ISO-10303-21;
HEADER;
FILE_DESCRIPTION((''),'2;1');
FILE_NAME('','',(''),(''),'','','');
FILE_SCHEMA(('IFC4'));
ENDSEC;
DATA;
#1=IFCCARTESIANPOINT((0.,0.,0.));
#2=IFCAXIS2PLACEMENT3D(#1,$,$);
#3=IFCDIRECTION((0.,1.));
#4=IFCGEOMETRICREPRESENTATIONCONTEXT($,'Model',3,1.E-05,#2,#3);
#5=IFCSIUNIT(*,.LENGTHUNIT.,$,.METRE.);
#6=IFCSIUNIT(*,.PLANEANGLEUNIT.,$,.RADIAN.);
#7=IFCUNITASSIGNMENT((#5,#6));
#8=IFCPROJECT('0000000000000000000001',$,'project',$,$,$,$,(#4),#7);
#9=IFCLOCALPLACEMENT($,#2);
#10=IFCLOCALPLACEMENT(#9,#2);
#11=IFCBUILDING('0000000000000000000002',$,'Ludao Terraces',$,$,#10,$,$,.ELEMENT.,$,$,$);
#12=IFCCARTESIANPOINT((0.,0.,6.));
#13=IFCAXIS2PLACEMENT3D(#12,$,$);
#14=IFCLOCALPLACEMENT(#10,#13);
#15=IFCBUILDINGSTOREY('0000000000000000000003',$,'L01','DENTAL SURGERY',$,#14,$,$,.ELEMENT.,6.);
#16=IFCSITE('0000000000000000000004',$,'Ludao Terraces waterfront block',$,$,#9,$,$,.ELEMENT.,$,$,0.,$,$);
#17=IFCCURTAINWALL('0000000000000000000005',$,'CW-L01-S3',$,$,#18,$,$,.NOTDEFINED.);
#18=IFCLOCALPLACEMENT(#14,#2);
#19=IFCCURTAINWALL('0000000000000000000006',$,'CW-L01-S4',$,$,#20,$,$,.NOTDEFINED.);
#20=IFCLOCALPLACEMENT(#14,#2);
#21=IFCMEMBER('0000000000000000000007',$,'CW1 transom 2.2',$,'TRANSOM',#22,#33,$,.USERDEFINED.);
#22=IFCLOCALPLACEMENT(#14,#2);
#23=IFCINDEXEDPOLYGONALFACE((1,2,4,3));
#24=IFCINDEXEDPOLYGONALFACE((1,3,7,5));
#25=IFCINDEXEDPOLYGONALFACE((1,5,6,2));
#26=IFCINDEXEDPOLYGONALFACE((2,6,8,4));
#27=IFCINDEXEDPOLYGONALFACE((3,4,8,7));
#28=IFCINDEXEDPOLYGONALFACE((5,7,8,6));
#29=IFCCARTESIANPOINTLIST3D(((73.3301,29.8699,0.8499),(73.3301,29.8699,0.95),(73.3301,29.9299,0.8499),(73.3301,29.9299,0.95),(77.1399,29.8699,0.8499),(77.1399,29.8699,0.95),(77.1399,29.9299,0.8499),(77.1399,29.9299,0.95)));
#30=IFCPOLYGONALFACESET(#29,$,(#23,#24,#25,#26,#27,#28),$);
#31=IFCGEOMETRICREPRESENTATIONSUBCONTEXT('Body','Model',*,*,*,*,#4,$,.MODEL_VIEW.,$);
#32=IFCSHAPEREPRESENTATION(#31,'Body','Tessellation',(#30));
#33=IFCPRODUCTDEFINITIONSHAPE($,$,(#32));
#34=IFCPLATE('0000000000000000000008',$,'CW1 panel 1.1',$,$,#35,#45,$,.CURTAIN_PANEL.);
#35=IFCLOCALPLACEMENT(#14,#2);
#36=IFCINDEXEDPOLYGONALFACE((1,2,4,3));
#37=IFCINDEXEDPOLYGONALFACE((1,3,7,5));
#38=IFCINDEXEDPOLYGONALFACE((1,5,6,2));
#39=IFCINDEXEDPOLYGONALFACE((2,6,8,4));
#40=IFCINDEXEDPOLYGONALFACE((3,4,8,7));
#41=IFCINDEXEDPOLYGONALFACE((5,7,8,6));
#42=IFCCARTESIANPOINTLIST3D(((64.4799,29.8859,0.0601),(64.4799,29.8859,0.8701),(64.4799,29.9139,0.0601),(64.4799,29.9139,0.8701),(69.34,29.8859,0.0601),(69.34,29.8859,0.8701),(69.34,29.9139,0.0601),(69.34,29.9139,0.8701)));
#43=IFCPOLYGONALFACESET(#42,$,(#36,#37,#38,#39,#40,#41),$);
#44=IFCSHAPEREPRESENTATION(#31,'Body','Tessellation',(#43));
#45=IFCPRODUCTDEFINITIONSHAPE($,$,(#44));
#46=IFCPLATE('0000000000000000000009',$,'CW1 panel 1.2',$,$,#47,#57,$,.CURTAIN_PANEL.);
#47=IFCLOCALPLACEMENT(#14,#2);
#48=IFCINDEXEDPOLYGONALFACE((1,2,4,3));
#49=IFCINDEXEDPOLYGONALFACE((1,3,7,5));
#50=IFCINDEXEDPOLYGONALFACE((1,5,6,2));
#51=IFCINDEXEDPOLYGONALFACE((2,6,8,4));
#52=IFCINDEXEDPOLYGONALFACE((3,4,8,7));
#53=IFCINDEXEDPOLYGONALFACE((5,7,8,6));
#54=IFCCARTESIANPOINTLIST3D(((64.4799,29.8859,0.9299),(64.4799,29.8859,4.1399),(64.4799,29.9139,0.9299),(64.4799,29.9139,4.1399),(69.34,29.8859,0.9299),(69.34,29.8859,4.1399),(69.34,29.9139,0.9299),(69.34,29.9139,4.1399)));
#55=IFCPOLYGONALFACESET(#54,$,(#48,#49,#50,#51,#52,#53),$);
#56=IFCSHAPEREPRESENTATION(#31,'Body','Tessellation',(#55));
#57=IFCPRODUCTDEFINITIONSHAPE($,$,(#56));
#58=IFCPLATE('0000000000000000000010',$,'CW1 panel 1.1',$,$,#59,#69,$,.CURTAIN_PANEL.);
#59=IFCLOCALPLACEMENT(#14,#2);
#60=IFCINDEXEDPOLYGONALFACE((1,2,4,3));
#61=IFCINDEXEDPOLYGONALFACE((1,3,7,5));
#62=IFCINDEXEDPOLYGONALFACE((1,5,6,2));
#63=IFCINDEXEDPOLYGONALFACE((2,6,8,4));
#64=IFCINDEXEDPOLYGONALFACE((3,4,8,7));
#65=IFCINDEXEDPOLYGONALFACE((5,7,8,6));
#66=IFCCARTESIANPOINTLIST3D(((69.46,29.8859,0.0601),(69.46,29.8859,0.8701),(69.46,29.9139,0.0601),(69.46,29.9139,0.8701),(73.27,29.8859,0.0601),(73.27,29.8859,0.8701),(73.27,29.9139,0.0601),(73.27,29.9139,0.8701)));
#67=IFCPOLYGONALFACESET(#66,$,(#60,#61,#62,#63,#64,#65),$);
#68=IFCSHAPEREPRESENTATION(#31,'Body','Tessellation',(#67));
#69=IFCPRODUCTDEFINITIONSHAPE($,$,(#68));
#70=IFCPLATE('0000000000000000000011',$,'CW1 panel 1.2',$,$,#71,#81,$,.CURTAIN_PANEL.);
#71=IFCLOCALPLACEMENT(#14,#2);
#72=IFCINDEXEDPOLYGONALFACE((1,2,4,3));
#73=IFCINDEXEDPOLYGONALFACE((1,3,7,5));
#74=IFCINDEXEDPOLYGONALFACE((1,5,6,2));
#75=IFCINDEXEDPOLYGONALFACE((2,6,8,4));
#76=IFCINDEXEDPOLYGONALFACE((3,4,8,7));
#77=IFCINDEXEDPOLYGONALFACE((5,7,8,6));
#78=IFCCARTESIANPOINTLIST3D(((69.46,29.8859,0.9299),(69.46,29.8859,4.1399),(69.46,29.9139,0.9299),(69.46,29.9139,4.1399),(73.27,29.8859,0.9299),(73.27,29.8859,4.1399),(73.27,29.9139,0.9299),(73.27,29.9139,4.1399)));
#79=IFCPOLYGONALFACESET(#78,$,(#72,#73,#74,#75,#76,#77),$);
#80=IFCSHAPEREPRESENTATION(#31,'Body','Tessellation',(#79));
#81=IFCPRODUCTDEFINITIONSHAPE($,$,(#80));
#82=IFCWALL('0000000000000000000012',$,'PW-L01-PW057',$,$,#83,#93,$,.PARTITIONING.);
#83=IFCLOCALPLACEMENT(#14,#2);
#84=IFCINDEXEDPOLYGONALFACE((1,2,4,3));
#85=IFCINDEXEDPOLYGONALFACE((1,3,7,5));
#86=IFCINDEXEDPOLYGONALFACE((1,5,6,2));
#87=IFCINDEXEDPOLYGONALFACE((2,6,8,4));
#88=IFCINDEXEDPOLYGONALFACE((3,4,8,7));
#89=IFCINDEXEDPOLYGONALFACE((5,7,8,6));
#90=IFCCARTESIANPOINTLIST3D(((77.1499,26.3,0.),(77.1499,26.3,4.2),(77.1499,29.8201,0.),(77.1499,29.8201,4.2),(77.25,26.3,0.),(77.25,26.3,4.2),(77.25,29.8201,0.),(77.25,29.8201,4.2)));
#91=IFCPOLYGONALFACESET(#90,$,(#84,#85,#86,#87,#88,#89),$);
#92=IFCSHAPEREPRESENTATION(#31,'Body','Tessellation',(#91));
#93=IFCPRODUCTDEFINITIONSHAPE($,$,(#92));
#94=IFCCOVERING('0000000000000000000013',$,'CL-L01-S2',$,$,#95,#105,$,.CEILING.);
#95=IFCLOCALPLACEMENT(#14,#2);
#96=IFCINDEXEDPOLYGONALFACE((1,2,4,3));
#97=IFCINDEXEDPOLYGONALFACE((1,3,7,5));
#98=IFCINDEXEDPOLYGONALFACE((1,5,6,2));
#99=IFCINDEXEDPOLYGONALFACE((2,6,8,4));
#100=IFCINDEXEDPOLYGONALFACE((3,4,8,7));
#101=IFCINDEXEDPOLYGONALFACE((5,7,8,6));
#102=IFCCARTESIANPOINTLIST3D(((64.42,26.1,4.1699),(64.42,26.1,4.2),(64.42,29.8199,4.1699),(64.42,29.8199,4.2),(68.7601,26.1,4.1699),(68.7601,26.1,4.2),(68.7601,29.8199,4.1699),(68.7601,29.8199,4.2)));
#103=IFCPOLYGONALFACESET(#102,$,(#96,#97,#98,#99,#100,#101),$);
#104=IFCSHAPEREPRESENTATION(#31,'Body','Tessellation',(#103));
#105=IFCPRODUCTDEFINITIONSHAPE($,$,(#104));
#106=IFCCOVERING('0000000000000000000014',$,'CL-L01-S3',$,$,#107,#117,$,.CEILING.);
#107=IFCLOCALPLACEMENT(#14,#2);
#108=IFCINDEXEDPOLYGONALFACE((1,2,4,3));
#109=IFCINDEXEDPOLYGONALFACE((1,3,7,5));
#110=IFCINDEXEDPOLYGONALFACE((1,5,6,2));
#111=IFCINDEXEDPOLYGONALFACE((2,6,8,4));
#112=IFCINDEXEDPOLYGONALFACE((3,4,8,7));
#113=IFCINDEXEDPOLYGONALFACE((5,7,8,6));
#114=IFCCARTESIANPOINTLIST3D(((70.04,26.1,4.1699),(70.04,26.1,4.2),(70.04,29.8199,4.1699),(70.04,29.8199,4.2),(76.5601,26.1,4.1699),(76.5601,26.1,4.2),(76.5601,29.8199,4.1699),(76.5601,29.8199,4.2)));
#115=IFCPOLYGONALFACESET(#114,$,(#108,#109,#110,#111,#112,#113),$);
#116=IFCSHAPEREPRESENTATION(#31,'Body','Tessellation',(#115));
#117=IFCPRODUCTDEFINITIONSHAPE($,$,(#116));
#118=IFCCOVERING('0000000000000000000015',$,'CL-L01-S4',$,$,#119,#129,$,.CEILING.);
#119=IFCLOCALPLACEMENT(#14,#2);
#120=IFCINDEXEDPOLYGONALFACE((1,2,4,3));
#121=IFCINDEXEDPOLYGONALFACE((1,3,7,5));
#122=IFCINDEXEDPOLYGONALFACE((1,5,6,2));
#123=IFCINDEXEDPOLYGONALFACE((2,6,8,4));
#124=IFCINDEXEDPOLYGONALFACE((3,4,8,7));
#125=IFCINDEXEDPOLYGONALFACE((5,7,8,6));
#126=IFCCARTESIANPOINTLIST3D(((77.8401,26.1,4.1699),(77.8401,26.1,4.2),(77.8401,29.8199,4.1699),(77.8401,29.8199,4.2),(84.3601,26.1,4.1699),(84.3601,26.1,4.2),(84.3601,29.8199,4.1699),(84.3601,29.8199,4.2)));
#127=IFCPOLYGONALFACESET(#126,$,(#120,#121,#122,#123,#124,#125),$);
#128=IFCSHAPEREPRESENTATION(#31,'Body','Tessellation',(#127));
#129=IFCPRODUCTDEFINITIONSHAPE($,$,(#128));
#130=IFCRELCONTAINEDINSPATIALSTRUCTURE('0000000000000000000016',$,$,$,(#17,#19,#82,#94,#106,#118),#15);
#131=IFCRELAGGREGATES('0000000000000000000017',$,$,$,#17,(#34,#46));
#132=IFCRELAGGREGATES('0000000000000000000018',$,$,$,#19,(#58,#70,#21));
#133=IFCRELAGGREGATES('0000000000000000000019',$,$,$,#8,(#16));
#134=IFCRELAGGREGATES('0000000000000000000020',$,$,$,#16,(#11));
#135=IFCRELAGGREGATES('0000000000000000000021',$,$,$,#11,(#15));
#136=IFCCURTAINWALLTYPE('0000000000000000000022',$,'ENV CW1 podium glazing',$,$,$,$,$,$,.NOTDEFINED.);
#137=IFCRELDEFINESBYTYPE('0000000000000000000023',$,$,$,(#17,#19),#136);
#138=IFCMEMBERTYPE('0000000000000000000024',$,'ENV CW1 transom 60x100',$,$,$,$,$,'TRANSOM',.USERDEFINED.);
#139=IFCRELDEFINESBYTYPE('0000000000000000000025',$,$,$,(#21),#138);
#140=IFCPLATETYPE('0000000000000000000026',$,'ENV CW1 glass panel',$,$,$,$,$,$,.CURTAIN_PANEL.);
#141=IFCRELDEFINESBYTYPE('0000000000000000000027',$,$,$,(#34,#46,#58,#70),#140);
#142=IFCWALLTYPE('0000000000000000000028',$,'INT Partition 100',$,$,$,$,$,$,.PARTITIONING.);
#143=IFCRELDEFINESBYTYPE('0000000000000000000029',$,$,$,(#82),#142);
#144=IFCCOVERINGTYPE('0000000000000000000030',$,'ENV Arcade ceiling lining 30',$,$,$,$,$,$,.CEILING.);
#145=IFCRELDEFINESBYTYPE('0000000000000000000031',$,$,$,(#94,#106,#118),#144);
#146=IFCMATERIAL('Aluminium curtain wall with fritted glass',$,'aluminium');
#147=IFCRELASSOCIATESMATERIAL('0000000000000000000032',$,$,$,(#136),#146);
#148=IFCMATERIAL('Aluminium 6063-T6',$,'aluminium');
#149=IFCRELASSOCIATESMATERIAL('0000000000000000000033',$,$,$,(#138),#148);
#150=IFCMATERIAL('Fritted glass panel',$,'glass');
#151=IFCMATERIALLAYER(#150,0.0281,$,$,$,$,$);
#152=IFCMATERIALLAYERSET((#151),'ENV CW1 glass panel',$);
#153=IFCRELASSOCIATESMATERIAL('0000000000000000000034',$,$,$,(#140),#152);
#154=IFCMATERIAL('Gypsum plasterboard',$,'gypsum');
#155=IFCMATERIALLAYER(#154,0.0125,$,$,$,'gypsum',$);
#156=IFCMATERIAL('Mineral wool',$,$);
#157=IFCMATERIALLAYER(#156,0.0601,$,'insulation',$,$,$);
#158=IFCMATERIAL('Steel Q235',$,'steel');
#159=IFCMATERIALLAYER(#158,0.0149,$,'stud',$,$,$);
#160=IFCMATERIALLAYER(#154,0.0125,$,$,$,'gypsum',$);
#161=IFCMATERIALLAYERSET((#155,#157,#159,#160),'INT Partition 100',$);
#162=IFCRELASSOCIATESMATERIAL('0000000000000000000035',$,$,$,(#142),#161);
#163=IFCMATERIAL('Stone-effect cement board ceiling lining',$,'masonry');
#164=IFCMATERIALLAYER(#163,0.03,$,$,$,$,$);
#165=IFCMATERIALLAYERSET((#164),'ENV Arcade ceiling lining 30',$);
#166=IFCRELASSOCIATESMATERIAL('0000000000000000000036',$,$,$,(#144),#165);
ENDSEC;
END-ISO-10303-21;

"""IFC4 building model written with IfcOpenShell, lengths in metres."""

from ifc_helpers import new_model, si_unit, direction, frame, frame_2d, origin, origin_2d, place, context, subcontext, project, spatial, rectangle, extrude, material, layer, layer_set, material_profile, profile_set, type_object, element, aggregate, save


model = new_model("IFC4")

# Units and contexts
model_context = context("Model", 3, precision=1e-05, world=origin(), true_north=direction((0.0, 1.0)))
body_context = subcontext(model_context, "Body", "Model", "MODEL_VIEW")
ifc_project = project(units=[si_unit("LENGTHUNIT", "METRE"), si_unit("PLANEANGLEUNIT", "RADIAN")], contexts=[model_context])

# Site, building, storey
site_placement = place(None, origin())
site = spatial("IfcSite", under=ifc_project, at=site_placement, Name="Ludao Terraces waterfront block", CompositionType="ELEMENT", RefElevation=0.0)
building_placement = place(site_placement, origin())
building = spatial("IfcBuilding", under=site, at=building_placement, Name="Ludao Terraces", CompositionType="ELEMENT")
storey_placement = place(building_placement, frame((0.0, 0.0, 6.0)))
storey = spatial("IfcBuildingStorey", under=building, at=storey_placement, Name="L01", Description="DENTAL SURGERY", CompositionType="ELEMENT", Elevation=6.0)

# Curtain wall
ifc_material_1 = material(Name="Aluminium curtain wall with fritted glass", Category="aluminium")
curtain_wall_type = type_object("IfcCurtainWallType", Name="ENV CW1 podium glazing", PredefinedType="NOTDEFINED", material=ifc_material_1)
curtain_wall_1_placement = place(storey_placement, origin())
curtain_wall_1 = element("IfcCurtainWall", 1, at=curtain_wall_1_placement, inside=storey, type_object=curtain_wall_type, Name="CW-L01-S3", PredefinedType="NOTDEFINED")
ifc_material_2 = material(Name="Aluminium 6063-T6", Category="aluminium")

# Curtain wall, member
curtain_wall_2_placement = place(storey_placement, origin())
curtain_wall_2 = element("IfcCurtainWall", 2, at=curtain_wall_2_placement, inside=storey, type_object=curtain_wall_type, Name="CW-L01-S4", PredefinedType="NOTDEFINED")
ifc_material_profile_1 = material_profile(ifc_material_2, rectangle(XDim=0.0601, YDim=0.1001, at=origin_2d()), Name="60 X 100")
ifc_profile_set_1 = profile_set([ifc_material_profile_1], Name="Aluminium 6063-T6")
member_type_1 = type_object("IfcMemberType", Name="ENV CW1 transom 60x100", ElementType="TRANSOM", PredefinedType="USERDEFINED", material=ifc_profile_set_1)
member_1_placement = place(storey_placement, frame((73.3301, 29.8999, 0.8999), z_axis=(1.0, 0.0, 0.0), x_axis=(0.0, 1.0, 0.0)))
member_1 = element("IfcMember", 3, at=member_1_placement, type_object=member_type_1, Name="CW1 transom 2.2", ObjectType="TRANSOM", PredefinedType="USERDEFINED", context=body_context, shape_type="SweptSolid", body=[
    extrude(rectangle(XDim=0.0601, YDim=0.1001, at=origin_2d()), origin(), (0.0, 0.0, 1.0), 3.8098),
])

# Plates
ifc_material_3 = material(Name="Fritted glass panel", Category="glass")
ifc_layer_1 = layer(ifc_material_3, 0.0281)
ifc_layer_set_1 = layer_set([ifc_layer_1], Name="ENV CW1 glass panel")
plate_type = type_object("IfcPlateType", Name="ENV CW1 glass panel", PredefinedType="CURTAIN_PANEL", material=ifc_layer_set_1)
plate_1_placement = place(storey_placement, frame((66.9099, 29.8999, 0.0601), z_axis=(0.0, 0.0, 1.0), x_axis=(1.0, 0.0, 0.0)))
plate_1 = element("IfcPlate", 4, at=plate_1_placement, type_object=plate_type, Name="CW1 panel 1.1", PredefinedType="CURTAIN_PANEL", context=body_context, shape_type="SweptSolid", body=[
    extrude(rectangle(XDim=4.8601, YDim=0.0281, at=origin_2d()), origin(), (0.0, 0.0, 1.0), 0.8101),
])
plate_2_placement = place(storey_placement, frame((66.9099, 29.8999, 0.9299), z_axis=(0.0, 0.0, 1.0), x_axis=(1.0, 0.0, 0.0)))
plate_2 = element("IfcPlate", 5, at=plate_2_placement, type_object=plate_type, Name="CW1 panel 1.2", PredefinedType="CURTAIN_PANEL", context=body_context, shape_type="SweptSolid", body=[
    extrude(rectangle(XDim=4.8601, YDim=0.0281, at=origin_2d()), origin(), (0.0, 0.0, 1.0), 3.21),
])
aggregate(curtain_wall_1, [plate_1, plate_2])
plate_3_placement = place(storey_placement, frame((71.365, 29.8999, 0.0601), z_axis=(0.0, 0.0, 1.0), x_axis=(1.0, 0.0, 0.0)))
plate_3 = element("IfcPlate", 6, at=plate_3_placement, type_object=plate_type, Name="CW1 panel 1.1", PredefinedType="CURTAIN_PANEL", context=body_context, shape_type="SweptSolid", body=[
    extrude(rectangle(XDim=3.8101, YDim=0.0281, at=origin_2d()), origin(), (0.0, 0.0, 1.0), 0.8101),
])
plate_4_placement = place(storey_placement, frame((71.365, 29.8999, 0.9299), z_axis=(0.0, 0.0, 1.0), x_axis=(1.0, 0.0, 0.0)))
plate_4 = element("IfcPlate", 7, at=plate_4_placement, type_object=plate_type, Name="CW1 panel 1.2", PredefinedType="CURTAIN_PANEL", context=body_context, shape_type="SweptSolid", body=[
    extrude(rectangle(XDim=3.8101, YDim=0.0281, at=origin_2d()), origin(), (0.0, 0.0, 1.0), 3.21),
])
aggregate(curtain_wall_2, [plate_3, plate_4, member_1])

# Wall
ifc_material_4 = material(Name="Gypsum plasterboard", Category="gypsum")
ifc_layer_2 = layer(ifc_material_4, 0.0125, Category="gypsum")
ifc_material_5 = material(Name="Mineral wool")
ifc_layer_3 = layer(ifc_material_5, 0.0601, Name="insulation")
ifc_material_6 = material(Name="Steel Q235", Category="steel")
ifc_layer_4 = layer(ifc_material_6, 0.0149, Name="stud")
ifc_layer_5 = layer(ifc_material_4, 0.0125, Category="gypsum")
ifc_layer_set_2 = layer_set([ifc_layer_2, ifc_layer_3, ifc_layer_4, ifc_layer_5], Name="INT Partition 100")
wall_type = type_object("IfcWallType", Name="INT Partition 100", PredefinedType="PARTITIONING", material=ifc_layer_set_2)
wall_placement = place(storey_placement, frame((77.2, 26.3, 0.0), z_axis=(0.0, 0.0, 1.0), x_axis=(0.0, 1.0, 0.0)))
element("IfcWall", 8, at=wall_placement, inside=storey, type_object=wall_type, Name="PW-L01-PW057", PredefinedType="PARTITIONING", context=body_context, shape_type="SweptSolid", body=[
    extrude(rectangle(XDim=3.52, YDim=0.1001, at=frame_2d((1.76, 0.0))), origin(), (0.0, 0.0, 1.0), 4.2),
])

# Coverings
ifc_material_7 = material(Name="Stone-effect cement board ceiling lining", Category="masonry")
ifc_layer_6 = layer(ifc_material_7, 0.03)
ifc_layer_set_3 = layer_set([ifc_layer_6], Name="ENV Arcade ceiling lining 30")
covering_type = type_object("IfcCoveringType", Name="ENV Arcade ceiling lining 30", PredefinedType="CEILING", material=ifc_layer_set_3)
covering_placement = place(storey_placement, frame((66.5901, 27.96, 4.1699), z_axis=(0.0, 0.0, 1.0), x_axis=(1.0, 0.0, 0.0)))
element("IfcCovering", 9, at=covering_placement, inside=storey, type_object=covering_type, Name="CL-L01-S2", PredefinedType="CEILING", context=body_context, shape_type="SweptSolid", body=[
    extrude(rectangle(XDim=4.3401, YDim=3.72, at=origin_2d()), origin(), (0.0, 0.0, 1.0), 0.03),
])
for number, where, z_axis, x_axis, name in (
    (10, (73.3, 27.96, 4.1699), (0.0, 0.0, 1.0), (1.0, 0.0, 0.0), "CL-L01-S3"),
    (11, (81.1001, 27.96, 4.1699), (0.0, 0.0, 1.0), (1.0, 0.0, 0.0), "CL-L01-S4"),
):
    element("IfcCovering", number, at=place(storey_placement, frame(where, z_axis=z_axis, x_axis=x_axis)), inside=storey, type_object=covering_type, Name=name, PredefinedType="CEILING", context=body_context, shape_type="SweptSolid", body=[
        extrude(rectangle(XDim=6.52, YDim=3.72, at=origin_2d()), origin(), (0.0, 0.0, 1.0), 0.03),
    ])

save(model, "model.ifc")
